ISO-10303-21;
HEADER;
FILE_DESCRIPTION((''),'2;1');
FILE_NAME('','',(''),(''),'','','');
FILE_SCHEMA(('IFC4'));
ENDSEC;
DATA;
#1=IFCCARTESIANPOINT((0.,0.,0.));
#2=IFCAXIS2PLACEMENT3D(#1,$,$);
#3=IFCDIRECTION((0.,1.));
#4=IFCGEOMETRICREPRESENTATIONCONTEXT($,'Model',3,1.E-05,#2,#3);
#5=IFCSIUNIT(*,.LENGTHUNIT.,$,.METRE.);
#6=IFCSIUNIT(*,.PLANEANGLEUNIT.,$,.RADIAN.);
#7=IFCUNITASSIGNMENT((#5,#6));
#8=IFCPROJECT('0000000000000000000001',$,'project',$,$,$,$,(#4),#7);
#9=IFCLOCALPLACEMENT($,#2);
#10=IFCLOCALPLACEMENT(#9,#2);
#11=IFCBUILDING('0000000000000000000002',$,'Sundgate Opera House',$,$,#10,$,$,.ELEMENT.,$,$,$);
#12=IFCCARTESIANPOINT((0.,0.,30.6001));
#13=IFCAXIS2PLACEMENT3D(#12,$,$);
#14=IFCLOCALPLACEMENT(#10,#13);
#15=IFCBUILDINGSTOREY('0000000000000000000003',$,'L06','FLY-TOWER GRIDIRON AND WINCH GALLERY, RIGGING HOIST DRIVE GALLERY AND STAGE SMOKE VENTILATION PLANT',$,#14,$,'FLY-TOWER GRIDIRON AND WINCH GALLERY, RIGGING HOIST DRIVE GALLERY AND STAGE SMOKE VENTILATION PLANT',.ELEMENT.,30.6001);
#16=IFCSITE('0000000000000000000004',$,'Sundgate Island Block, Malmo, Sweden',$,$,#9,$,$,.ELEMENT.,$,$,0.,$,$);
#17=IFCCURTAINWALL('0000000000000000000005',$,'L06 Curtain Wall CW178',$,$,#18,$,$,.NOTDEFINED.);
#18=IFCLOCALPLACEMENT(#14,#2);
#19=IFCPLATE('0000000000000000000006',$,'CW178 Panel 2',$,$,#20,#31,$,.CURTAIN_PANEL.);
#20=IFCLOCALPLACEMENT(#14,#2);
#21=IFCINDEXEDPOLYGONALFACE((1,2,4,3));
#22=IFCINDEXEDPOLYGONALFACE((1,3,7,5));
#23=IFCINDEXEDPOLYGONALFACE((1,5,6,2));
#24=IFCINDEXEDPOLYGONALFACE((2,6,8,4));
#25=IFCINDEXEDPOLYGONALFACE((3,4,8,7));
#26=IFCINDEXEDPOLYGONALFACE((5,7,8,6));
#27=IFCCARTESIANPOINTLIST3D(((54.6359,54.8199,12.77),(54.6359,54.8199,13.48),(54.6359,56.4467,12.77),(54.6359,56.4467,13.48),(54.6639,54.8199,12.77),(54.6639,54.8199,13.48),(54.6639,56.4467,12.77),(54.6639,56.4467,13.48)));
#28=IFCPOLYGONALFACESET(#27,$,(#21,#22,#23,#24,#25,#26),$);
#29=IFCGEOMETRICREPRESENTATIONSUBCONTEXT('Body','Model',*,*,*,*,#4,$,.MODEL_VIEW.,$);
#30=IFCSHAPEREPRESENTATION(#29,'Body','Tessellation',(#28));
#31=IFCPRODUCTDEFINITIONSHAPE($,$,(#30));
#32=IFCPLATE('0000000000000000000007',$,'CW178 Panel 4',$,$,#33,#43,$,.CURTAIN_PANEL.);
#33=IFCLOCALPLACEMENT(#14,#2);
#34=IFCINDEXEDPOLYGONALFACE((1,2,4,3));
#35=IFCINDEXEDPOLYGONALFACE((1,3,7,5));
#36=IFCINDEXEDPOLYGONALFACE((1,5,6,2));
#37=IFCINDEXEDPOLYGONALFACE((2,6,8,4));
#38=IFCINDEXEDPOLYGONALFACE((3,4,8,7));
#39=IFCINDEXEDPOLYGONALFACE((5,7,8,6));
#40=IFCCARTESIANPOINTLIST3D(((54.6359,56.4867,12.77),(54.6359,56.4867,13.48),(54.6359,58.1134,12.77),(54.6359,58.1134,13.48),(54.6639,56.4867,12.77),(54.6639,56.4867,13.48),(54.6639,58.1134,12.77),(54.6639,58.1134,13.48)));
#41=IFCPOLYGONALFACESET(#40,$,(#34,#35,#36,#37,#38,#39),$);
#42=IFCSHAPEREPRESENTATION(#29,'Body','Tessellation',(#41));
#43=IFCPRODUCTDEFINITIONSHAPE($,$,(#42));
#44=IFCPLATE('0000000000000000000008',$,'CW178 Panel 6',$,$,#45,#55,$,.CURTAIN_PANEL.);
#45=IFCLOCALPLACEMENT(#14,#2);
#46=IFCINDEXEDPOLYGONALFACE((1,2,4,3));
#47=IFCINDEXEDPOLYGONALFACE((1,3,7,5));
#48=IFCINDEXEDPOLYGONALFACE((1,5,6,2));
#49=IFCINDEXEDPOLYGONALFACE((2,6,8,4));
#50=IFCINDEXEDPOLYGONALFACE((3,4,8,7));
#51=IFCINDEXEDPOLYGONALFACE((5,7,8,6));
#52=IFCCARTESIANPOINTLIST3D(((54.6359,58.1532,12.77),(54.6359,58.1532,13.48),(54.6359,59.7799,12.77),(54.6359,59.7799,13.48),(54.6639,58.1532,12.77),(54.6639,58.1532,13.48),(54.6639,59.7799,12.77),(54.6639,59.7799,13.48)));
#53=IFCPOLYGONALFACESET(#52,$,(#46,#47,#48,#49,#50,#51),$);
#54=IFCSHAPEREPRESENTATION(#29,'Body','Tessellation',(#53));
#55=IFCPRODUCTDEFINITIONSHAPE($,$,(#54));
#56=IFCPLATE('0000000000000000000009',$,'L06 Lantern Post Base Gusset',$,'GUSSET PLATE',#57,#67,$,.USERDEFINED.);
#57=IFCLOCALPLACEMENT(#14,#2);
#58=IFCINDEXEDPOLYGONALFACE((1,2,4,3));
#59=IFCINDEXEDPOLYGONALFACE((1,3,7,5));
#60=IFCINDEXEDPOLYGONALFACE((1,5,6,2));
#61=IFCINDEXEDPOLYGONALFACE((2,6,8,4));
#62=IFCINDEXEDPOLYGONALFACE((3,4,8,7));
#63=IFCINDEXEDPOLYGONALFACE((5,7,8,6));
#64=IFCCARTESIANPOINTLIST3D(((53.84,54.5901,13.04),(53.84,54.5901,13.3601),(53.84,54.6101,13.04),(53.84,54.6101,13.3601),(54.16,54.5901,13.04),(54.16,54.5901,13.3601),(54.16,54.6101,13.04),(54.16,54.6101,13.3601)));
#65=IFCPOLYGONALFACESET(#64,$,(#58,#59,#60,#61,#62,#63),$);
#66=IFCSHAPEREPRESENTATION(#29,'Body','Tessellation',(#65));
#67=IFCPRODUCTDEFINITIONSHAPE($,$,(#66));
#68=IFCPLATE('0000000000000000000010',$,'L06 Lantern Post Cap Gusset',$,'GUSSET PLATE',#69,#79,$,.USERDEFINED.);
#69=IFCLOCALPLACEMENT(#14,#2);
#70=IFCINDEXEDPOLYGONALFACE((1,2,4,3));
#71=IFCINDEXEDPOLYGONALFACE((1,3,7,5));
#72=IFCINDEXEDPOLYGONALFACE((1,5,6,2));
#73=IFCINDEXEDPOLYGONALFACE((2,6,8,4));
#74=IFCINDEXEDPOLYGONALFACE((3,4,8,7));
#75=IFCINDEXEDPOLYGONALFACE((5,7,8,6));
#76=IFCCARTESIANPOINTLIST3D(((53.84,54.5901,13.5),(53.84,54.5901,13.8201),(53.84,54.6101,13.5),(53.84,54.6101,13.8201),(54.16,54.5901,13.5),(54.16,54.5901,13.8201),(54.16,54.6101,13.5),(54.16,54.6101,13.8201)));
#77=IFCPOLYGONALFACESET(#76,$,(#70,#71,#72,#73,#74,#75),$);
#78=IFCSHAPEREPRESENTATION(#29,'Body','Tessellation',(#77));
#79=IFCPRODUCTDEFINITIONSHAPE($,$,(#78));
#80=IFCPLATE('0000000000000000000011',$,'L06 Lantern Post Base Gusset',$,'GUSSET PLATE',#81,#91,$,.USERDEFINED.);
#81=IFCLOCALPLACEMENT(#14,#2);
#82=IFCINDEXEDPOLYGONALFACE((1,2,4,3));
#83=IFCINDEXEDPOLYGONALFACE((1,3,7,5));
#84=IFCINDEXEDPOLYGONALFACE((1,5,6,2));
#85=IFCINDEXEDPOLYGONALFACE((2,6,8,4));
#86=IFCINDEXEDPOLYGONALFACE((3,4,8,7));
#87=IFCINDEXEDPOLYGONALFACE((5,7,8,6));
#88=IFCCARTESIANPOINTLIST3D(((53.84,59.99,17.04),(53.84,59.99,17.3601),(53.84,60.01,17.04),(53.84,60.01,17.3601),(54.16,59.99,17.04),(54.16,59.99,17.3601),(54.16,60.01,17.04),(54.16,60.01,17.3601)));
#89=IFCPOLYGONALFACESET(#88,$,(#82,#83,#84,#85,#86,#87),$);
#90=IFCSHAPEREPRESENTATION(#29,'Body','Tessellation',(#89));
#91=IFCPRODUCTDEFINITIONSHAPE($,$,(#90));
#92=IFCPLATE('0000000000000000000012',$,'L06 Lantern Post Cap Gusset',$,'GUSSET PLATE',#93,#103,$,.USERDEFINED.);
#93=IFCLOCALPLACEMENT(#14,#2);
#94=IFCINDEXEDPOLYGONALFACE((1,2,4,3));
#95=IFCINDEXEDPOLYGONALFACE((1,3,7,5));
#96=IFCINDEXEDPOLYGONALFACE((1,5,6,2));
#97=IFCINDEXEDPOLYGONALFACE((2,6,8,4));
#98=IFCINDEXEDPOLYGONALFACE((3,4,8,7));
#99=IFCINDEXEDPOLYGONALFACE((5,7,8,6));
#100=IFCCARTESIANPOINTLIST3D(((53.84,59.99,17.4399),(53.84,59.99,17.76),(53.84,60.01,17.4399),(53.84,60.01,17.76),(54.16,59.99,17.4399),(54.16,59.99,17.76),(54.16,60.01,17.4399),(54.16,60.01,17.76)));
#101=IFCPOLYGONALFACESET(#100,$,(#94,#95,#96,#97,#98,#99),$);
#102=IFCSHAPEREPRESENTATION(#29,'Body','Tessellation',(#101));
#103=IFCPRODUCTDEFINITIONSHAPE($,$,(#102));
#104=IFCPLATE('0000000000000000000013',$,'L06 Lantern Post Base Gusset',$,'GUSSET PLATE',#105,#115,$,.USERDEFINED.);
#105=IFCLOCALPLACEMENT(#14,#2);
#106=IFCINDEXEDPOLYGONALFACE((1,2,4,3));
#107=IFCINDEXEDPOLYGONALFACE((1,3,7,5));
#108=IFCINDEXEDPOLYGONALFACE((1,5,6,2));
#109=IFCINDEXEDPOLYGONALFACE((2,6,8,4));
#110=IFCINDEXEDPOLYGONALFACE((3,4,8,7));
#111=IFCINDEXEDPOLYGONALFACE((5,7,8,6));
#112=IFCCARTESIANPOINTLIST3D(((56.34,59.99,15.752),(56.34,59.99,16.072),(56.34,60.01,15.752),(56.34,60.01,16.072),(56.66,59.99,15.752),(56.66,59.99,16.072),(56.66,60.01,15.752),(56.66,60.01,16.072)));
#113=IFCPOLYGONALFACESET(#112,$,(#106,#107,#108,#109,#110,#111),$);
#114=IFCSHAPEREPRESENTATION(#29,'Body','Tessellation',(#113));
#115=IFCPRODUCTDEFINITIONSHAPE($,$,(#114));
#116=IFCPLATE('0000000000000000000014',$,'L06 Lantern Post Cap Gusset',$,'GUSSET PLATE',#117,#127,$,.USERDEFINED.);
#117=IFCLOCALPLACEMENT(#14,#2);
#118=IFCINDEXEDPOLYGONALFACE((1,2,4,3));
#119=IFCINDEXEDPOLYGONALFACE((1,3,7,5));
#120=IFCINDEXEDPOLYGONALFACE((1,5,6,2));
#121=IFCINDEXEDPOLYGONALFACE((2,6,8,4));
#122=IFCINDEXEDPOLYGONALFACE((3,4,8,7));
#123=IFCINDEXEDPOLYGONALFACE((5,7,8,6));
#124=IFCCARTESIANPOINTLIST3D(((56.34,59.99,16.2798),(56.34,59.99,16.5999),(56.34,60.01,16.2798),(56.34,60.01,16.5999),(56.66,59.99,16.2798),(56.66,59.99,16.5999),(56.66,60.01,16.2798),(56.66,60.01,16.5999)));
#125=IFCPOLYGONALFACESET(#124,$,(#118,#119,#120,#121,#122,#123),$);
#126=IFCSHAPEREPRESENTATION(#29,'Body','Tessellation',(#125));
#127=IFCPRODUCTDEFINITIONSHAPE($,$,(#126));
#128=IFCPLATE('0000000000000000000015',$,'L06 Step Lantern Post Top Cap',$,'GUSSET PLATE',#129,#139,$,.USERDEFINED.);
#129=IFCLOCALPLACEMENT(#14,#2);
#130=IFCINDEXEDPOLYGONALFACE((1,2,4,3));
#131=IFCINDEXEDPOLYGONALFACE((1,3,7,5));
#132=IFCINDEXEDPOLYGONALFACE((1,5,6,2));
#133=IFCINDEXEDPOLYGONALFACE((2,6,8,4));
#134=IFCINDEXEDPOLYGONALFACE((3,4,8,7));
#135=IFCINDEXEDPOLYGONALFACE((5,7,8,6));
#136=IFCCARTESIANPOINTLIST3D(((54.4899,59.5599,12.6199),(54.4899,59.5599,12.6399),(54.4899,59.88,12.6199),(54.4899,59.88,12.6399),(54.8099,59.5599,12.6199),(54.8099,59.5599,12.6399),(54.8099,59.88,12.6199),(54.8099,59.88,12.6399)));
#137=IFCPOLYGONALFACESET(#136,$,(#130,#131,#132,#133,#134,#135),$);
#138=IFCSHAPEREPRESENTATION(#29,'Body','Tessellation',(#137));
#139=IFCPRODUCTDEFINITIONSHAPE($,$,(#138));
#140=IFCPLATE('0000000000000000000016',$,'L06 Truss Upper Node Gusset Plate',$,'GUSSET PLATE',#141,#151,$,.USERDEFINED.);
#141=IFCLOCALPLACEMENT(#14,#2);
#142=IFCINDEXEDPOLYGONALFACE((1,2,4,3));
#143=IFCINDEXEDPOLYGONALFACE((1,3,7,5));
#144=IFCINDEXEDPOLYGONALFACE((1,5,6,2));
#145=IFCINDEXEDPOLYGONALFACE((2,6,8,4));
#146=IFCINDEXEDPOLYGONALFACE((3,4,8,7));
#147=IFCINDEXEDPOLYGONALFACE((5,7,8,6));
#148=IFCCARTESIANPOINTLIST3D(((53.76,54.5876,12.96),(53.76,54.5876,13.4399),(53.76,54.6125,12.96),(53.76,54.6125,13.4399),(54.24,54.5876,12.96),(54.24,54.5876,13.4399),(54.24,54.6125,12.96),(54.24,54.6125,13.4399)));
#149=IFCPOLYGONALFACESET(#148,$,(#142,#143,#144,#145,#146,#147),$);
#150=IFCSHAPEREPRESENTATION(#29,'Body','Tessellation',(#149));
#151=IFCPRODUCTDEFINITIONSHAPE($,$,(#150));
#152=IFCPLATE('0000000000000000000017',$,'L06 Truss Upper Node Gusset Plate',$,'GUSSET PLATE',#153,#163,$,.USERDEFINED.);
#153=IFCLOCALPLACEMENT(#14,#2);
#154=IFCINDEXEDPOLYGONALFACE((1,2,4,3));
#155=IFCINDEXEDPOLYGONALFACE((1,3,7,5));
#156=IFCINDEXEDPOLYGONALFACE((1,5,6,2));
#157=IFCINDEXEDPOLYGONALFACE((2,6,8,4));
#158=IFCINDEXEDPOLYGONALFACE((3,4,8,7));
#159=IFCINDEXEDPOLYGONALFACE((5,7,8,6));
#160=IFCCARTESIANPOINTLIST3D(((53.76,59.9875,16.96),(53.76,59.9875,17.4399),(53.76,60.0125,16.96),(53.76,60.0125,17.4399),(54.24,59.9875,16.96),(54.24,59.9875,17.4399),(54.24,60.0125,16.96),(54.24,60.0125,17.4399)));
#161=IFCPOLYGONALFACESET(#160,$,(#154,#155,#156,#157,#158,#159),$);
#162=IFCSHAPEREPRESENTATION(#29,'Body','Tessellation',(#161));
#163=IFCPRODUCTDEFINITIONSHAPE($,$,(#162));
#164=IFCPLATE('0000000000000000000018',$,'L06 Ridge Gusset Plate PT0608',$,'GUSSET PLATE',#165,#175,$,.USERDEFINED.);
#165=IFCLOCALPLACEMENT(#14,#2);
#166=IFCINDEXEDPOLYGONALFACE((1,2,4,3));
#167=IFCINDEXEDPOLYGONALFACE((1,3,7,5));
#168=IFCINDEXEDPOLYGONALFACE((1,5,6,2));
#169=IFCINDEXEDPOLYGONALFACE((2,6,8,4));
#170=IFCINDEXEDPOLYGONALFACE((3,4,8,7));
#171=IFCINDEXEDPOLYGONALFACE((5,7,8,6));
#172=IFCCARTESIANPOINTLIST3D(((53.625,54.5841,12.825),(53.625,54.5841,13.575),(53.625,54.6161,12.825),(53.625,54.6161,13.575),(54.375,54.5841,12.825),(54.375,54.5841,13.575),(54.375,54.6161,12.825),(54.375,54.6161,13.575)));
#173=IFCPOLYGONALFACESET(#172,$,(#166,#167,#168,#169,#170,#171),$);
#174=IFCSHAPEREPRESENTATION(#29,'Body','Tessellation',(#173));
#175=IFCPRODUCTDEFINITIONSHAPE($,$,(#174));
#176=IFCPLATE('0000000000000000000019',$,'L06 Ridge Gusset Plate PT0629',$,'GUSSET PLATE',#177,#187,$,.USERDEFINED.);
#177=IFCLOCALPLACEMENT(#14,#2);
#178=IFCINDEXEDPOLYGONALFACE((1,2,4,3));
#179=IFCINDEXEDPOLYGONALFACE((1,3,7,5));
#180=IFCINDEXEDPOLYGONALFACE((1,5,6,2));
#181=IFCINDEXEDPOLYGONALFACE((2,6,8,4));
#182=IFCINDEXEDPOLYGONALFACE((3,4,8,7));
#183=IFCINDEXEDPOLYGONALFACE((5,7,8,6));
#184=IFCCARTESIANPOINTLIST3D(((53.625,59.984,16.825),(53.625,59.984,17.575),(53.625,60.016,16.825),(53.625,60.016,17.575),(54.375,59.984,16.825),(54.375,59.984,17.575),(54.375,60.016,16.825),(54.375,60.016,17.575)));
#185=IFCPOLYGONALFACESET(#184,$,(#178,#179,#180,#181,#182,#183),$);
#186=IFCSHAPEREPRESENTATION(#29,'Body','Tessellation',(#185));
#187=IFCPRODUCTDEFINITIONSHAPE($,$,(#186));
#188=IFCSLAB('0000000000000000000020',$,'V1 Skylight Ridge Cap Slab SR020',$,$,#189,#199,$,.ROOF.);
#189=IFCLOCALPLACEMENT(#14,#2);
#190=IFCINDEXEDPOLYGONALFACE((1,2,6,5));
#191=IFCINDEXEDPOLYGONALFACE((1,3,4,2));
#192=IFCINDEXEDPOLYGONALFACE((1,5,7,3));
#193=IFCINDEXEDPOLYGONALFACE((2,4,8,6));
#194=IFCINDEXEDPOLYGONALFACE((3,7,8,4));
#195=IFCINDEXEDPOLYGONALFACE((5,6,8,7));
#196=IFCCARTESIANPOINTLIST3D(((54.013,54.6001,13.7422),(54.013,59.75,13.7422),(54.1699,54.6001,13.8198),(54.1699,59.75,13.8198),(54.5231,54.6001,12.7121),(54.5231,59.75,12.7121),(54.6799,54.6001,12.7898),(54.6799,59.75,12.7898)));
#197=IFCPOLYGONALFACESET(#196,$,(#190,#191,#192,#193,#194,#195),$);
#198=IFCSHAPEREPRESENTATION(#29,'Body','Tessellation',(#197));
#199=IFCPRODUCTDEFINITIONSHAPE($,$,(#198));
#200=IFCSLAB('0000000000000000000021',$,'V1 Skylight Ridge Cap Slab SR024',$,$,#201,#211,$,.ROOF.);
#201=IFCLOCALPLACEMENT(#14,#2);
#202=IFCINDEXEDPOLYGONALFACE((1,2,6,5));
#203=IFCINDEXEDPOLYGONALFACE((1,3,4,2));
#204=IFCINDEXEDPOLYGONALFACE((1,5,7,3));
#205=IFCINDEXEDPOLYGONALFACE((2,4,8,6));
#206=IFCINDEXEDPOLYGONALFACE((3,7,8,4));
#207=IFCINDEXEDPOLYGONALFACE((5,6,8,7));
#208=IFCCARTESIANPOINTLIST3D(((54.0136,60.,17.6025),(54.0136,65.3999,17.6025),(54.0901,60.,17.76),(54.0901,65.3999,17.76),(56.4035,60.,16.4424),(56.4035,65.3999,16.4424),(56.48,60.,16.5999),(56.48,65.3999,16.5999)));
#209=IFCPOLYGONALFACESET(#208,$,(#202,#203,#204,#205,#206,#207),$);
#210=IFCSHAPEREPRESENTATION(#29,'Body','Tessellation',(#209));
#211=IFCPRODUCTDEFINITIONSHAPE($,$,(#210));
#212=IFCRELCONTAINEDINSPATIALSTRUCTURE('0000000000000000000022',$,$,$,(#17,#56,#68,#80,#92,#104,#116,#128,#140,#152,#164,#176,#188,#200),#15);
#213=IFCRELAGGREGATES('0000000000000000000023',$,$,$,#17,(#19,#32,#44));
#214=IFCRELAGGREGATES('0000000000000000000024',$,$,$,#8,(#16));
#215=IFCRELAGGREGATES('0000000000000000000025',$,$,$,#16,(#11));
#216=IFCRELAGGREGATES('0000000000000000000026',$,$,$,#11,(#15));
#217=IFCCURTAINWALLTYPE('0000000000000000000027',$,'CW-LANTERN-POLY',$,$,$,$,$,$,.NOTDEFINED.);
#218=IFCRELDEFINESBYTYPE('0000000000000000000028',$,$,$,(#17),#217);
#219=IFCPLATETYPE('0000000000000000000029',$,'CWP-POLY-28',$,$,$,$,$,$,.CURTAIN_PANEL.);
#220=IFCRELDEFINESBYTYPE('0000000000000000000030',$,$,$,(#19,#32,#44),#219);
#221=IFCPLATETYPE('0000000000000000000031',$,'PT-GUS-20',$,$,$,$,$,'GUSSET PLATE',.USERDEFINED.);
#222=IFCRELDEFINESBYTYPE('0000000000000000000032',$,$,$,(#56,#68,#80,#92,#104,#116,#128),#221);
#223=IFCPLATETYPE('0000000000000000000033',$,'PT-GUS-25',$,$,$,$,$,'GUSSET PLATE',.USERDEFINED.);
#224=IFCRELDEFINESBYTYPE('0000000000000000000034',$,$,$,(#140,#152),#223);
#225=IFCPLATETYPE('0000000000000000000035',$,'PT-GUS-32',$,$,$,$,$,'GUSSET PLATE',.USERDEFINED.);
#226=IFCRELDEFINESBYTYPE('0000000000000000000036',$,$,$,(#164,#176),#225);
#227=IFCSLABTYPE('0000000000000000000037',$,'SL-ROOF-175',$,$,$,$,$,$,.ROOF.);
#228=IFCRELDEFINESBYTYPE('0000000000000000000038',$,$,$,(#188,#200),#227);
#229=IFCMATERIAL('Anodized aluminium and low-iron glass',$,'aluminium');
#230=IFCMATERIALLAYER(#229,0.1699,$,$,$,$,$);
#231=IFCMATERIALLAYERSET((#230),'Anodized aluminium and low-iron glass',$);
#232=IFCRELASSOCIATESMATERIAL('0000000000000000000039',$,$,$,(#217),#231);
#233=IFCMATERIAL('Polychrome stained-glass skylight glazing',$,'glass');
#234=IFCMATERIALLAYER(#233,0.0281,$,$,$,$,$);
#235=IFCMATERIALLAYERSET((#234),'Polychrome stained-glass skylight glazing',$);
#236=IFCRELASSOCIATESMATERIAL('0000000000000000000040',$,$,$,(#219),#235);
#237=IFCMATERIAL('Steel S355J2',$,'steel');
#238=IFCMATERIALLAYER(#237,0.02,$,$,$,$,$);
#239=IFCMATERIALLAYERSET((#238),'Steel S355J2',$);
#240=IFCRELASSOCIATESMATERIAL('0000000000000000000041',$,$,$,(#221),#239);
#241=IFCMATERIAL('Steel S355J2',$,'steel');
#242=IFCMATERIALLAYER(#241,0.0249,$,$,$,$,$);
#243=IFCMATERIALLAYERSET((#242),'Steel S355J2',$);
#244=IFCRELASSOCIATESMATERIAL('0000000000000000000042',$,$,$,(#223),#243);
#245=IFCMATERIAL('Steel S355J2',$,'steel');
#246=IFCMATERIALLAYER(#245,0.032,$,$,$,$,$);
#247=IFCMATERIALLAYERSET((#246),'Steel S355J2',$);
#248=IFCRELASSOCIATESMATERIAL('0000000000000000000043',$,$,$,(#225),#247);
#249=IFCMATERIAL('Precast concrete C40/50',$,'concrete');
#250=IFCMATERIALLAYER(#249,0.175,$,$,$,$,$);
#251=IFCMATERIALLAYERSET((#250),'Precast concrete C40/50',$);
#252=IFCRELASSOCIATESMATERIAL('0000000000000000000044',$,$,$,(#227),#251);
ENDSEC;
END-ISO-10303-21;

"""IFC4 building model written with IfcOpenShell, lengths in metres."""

from ifc_helpers import new_model, si_unit, direction, frame, origin, origin_2d, place, context, subcontext, project, spatial, polyline, rectangle, outline, extrude, material, layer, layer_set, type_object, element, aggregate, save


model = new_model("IFC4")

# Units and contexts
model_context = context("Model", 3, precision=1e-05, world=origin(), true_north=direction((0.0, 1.0)))
body_context = subcontext(model_context, "Body", "Model", "MODEL_VIEW")
ifc_project = project(units=[si_unit("LENGTHUNIT", "METRE"), si_unit("PLANEANGLEUNIT", "RADIAN")], contexts=[model_context])

# Site, building, storey
site_placement = place(None, origin())
site = spatial("IfcSite", under=ifc_project, at=site_placement, Name="Sundgate Island Block, Malmo, Sweden", CompositionType="ELEMENT", RefElevation=0.0)
building_placement = place(site_placement, origin())
building = spatial("IfcBuilding", under=site, at=building_placement, Name="Sundgate Opera House", CompositionType="ELEMENT")
storey_placement = place(building_placement, frame((0.0, 0.0, 30.6001)))
storey = spatial("IfcBuildingStorey", under=building, at=storey_placement, Name="L06", Description="FLY-TOWER GRIDIRON AND WINCH GALLERY, RIGGING HOIST DRIVE GALLERY AND STAGE SMOKE VENTILATION PLANT", LongName="FLY-TOWER GRIDIRON AND WINCH GALLERY, RIGGING HOIST DRIVE GALLERY AND STAGE SMOKE VENTILATION PLANT", CompositionType="ELEMENT", Elevation=30.6001)

# Shared definitions
ifc_material_1 = material(Name="Anodized aluminium and low-iron glass", Category="aluminium")
ifc_layer_1 = layer(ifc_material_1, 0.1699)
ifc_layer_set_1 = layer_set([ifc_layer_1], Name="Anodized aluminium and low-iron glass")
curtain_wall_type = type_object("IfcCurtainWallType", Name="CW-LANTERN-POLY", PredefinedType="NOTDEFINED", material=ifc_layer_set_1)

# Curtain wall
curtain_wall_1_placement = place(storey_placement, origin())
curtain_wall_1 = element("IfcCurtainWall", 1, at=curtain_wall_1_placement, inside=storey, type_object=curtain_wall_type, Name="L06 Curtain Wall CW178", PredefinedType="NOTDEFINED")

# Plates
ifc_material_2 = material(Name="Polychrome stained-glass skylight glazing", Category="glass")
ifc_layer_2 = layer(ifc_material_2, 0.0281)
ifc_layer_set_2 = layer_set([ifc_layer_2], Name="Polychrome stained-glass skylight glazing")
plate_type_1 = type_object("IfcPlateType", Name="CWP-POLY-28", PredefinedType="CURTAIN_PANEL", material=ifc_layer_set_2)
plate_1_placement = place(storey_placement, frame((54.6499, 55.6333, 12.77), z_axis=(0.0, 0.0, 1.0), x_axis=(0.0, 1.0, 0.0)))
plate_1 = element("IfcPlate", 2, at=plate_1_placement, type_object=plate_type_1, Name="CW178 Panel 2", PredefinedType="CURTAIN_PANEL", context=body_context, shape_type="SweptSolid", body=[
    extrude(rectangle(XDim=1.6267, YDim=0.0281, at=origin_2d()), origin(), (0.0, 0.0, 1.0), 0.71),
])
plate_2_placement = place(storey_placement, frame((54.6499, 57.3, 12.77), z_axis=(0.0, 0.0, 1.0), x_axis=(0.0, 1.0, 0.0)))
plate_2 = element("IfcPlate", 3, at=plate_2_placement, type_object=plate_type_1, Name="CW178 Panel 4", PredefinedType="CURTAIN_PANEL", context=body_context, shape_type="SweptSolid", body=[
    extrude(rectangle(XDim=1.6267, YDim=0.0281, at=origin_2d()), origin(), (0.0, 0.0, 1.0), 0.71),
])
plate_3_placement = place(storey_placement, frame((54.6499, 58.9666, 12.77), z_axis=(0.0, 0.0, 1.0), x_axis=(0.0, 1.0, 0.0)))
plate_3 = element("IfcPlate", 4, at=plate_3_placement, type_object=plate_type_1, Name="CW178 Panel 6", PredefinedType="CURTAIN_PANEL", context=body_context, shape_type="SweptSolid", body=[
    extrude(rectangle(XDim=1.6267, YDim=0.0281, at=origin_2d()), origin(), (0.0, 0.0, 1.0), 0.71),
])
aggregate(curtain_wall_1, [plate_1, plate_2, plate_3])

# Plates
ifc_material_3 = material(Name="Steel S355J2", Category="steel")
ifc_layer_3 = layer(ifc_material_3, 0.02)
ifc_layer_set_3 = layer_set([ifc_layer_3], Name="Steel S355J2")
plate_type_2 = type_object("IfcPlateType", Name="PT-GUS-20", ElementType="GUSSET PLATE", PredefinedType="USERDEFINED", material=ifc_layer_set_3)
for number, where, z_axis, x_axis, name in (
    (5, (54.0, 54.6001, 13.04), (0.0, 0.0, 1.0), (1.0, 0.0, 0.0), "L06 Lantern Post Base Gusset"),
    (6, (54.0, 54.6001, 13.5), (0.0, 0.0, 1.0), (1.0, 0.0, 0.0), "L06 Lantern Post Cap Gusset"),
    (7, (54.0, 60.0, 17.04), (0.0, 0.0, 1.0), (1.0, 0.0, 0.0), "L06 Lantern Post Base Gusset"),
    (8, (54.0, 60.0, 17.4399), (0.0, 0.0, 1.0), (1.0, 0.0, 0.0), "L06 Lantern Post Cap Gusset"),
    (9, (56.5, 60.0, 15.752), (0.0, 0.0, 1.0), (1.0, 0.0, 0.0), "L06 Lantern Post Base Gusset"),
    (10, (56.5, 60.0, 16.2798), (0.0, 0.0, 1.0), (1.0, 0.0, 0.0), "L06 Lantern Post Cap Gusset"),
):
    element("IfcPlate", number, at=place(storey_placement, frame(where, z_axis=z_axis, x_axis=x_axis)), inside=storey, type_object=plate_type_2, Name=name, ObjectType="GUSSET PLATE", PredefinedType="USERDEFINED", context=body_context, shape_type="SweptSolid", body=[
        extrude(rectangle(XDim=0.3201, YDim=0.02, at=origin_2d()), origin(), (0.0, 0.0, 1.0), 0.3201),
    ])
plate_4_placement = place(storey_placement, frame((54.6499, 59.72, 12.6199), z_axis=(0.0, 0.0, 1.0), x_axis=(1.0, 0.0, 0.0)))
element("IfcPlate", 11, at=plate_4_placement, inside=storey, type_object=plate_type_2, Name="L06 Step Lantern Post Top Cap", ObjectType="GUSSET PLATE", PredefinedType="USERDEFINED", context=body_context, shape_type="SweptSolid", body=[
    extrude(rectangle(XDim=0.3201, YDim=0.3201, at=origin_2d()), origin(), (0.0, 0.0, 1.0), 0.02),
])
ifc_material_4 = material(Name="Steel S355J2", Category="steel")
ifc_layer_4 = layer(ifc_material_4, 0.0249)
ifc_layer_set_4 = layer_set([ifc_layer_4], Name="Steel S355J2")
plate_type_3 = type_object("IfcPlateType", Name="PT-GUS-25", ElementType="GUSSET PLATE", PredefinedType="USERDEFINED", material=ifc_layer_set_4)
for number, where, z_axis, x_axis, name in (
    (12, (54.0, 54.6001, 12.96), (0.0, 0.0, 1.0), (1.0, 0.0, 0.0), "L06 Truss Upper Node Gusset Plate"),
    (13, (54.0, 60.0, 16.96), (0.0, 0.0, 1.0), (1.0, 0.0, 0.0), "L06 Truss Upper Node Gusset Plate"),
):
    element("IfcPlate", number, at=place(storey_placement, frame(where, z_axis=z_axis, x_axis=x_axis)), inside=storey, type_object=plate_type_3, Name=name, ObjectType="GUSSET PLATE", PredefinedType="USERDEFINED", context=body_context, shape_type="SweptSolid", body=[
        extrude(rectangle(XDim=0.48, YDim=0.0249, at=origin_2d()), origin(), (0.0, 0.0, 1.0), 0.48),
    ])
ifc_material_5 = material(Name="Steel S355J2", Category="steel")
ifc_layer_5 = layer(ifc_material_5, 0.032)
ifc_layer_set_5 = layer_set([ifc_layer_5], Name="Steel S355J2")
plate_type_4 = type_object("IfcPlateType", Name="PT-GUS-32", ElementType="GUSSET PLATE", PredefinedType="USERDEFINED", material=ifc_layer_set_5)
for number, where, z_axis, x_axis, name in (
    (14, (54.0, 54.6001, 12.825), (0.0, 0.0, 1.0), (1.0, 0.0, 0.0), "L06 Ridge Gusset Plate PT0608"),
    (15, (54.0, 60.0, 16.825), (0.0, 0.0, 1.0), (1.0, 0.0, 0.0), "L06 Ridge Gusset Plate PT0629"),
):
    element("IfcPlate", number, at=place(storey_placement, frame(where, z_axis=z_axis, x_axis=x_axis)), inside=storey, type_object=plate_type_4, Name=name, ObjectType="GUSSET PLATE", PredefinedType="USERDEFINED", context=body_context, shape_type="SweptSolid", body=[
        extrude(rectangle(XDim=0.75, YDim=0.032, at=origin_2d()), origin(), (0.0, 0.0, 1.0), 0.75),
    ])

# Slabs
ifc_material_6 = material(Name="Precast concrete C40/50", Category="concrete")
ifc_layer_6 = layer(ifc_material_6, 0.175)
ifc_layer_set_6 = layer_set([ifc_layer_6], Name="Precast concrete C40/50")
slab_type = type_object("IfcSlabType", Name="SL-ROOF-175", PredefinedType="ROOF", material=ifc_layer_set_6)
slab_1_placement = place(storey_placement, frame((54.1699, 54.6001, 13.8198), z_axis=(0.896162, 0.0, 0.443727), x_axis=(0.443727, 0.0, -0.896162)))
element("IfcSlab", 16, at=slab_1_placement, inside=storey, type_object=slab_type, Name="V1 Skylight Ridge Cap Slab SR020", PredefinedType="ROOF", context=body_context, shape_type="SweptSolid", body=[
    extrude(outline(polyline([(0.0, 0.0), (1.1494, 0.0), (1.1494, 5.1499), (0.0, 5.1499), (0.0, 0.0)])), origin(), (0.0, 0.0, -1.0), 0.175),
])
slab_2_placement = place(storey_placement, frame((54.0901, 60.0, 17.76), z_axis=(0.436706, 0.0, 0.899604), x_axis=(0.899604, 0.0, -0.436706)))
element("IfcSlab", 17, at=slab_2_placement, inside=storey, type_object=slab_type, Name="V1 Skylight Ridge Cap Slab SR024", PredefinedType="ROOF", context=body_context, shape_type="SweptSolid", body=[
    extrude(outline(polyline([(0.0, 0.0), (2.6566, 0.0), (2.6566, 5.3999), (0.0, 5.3999), (0.0, 0.0)])), origin(), (0.0, 0.0, -1.0), 0.175),
])

save(model, "model.ifc")
